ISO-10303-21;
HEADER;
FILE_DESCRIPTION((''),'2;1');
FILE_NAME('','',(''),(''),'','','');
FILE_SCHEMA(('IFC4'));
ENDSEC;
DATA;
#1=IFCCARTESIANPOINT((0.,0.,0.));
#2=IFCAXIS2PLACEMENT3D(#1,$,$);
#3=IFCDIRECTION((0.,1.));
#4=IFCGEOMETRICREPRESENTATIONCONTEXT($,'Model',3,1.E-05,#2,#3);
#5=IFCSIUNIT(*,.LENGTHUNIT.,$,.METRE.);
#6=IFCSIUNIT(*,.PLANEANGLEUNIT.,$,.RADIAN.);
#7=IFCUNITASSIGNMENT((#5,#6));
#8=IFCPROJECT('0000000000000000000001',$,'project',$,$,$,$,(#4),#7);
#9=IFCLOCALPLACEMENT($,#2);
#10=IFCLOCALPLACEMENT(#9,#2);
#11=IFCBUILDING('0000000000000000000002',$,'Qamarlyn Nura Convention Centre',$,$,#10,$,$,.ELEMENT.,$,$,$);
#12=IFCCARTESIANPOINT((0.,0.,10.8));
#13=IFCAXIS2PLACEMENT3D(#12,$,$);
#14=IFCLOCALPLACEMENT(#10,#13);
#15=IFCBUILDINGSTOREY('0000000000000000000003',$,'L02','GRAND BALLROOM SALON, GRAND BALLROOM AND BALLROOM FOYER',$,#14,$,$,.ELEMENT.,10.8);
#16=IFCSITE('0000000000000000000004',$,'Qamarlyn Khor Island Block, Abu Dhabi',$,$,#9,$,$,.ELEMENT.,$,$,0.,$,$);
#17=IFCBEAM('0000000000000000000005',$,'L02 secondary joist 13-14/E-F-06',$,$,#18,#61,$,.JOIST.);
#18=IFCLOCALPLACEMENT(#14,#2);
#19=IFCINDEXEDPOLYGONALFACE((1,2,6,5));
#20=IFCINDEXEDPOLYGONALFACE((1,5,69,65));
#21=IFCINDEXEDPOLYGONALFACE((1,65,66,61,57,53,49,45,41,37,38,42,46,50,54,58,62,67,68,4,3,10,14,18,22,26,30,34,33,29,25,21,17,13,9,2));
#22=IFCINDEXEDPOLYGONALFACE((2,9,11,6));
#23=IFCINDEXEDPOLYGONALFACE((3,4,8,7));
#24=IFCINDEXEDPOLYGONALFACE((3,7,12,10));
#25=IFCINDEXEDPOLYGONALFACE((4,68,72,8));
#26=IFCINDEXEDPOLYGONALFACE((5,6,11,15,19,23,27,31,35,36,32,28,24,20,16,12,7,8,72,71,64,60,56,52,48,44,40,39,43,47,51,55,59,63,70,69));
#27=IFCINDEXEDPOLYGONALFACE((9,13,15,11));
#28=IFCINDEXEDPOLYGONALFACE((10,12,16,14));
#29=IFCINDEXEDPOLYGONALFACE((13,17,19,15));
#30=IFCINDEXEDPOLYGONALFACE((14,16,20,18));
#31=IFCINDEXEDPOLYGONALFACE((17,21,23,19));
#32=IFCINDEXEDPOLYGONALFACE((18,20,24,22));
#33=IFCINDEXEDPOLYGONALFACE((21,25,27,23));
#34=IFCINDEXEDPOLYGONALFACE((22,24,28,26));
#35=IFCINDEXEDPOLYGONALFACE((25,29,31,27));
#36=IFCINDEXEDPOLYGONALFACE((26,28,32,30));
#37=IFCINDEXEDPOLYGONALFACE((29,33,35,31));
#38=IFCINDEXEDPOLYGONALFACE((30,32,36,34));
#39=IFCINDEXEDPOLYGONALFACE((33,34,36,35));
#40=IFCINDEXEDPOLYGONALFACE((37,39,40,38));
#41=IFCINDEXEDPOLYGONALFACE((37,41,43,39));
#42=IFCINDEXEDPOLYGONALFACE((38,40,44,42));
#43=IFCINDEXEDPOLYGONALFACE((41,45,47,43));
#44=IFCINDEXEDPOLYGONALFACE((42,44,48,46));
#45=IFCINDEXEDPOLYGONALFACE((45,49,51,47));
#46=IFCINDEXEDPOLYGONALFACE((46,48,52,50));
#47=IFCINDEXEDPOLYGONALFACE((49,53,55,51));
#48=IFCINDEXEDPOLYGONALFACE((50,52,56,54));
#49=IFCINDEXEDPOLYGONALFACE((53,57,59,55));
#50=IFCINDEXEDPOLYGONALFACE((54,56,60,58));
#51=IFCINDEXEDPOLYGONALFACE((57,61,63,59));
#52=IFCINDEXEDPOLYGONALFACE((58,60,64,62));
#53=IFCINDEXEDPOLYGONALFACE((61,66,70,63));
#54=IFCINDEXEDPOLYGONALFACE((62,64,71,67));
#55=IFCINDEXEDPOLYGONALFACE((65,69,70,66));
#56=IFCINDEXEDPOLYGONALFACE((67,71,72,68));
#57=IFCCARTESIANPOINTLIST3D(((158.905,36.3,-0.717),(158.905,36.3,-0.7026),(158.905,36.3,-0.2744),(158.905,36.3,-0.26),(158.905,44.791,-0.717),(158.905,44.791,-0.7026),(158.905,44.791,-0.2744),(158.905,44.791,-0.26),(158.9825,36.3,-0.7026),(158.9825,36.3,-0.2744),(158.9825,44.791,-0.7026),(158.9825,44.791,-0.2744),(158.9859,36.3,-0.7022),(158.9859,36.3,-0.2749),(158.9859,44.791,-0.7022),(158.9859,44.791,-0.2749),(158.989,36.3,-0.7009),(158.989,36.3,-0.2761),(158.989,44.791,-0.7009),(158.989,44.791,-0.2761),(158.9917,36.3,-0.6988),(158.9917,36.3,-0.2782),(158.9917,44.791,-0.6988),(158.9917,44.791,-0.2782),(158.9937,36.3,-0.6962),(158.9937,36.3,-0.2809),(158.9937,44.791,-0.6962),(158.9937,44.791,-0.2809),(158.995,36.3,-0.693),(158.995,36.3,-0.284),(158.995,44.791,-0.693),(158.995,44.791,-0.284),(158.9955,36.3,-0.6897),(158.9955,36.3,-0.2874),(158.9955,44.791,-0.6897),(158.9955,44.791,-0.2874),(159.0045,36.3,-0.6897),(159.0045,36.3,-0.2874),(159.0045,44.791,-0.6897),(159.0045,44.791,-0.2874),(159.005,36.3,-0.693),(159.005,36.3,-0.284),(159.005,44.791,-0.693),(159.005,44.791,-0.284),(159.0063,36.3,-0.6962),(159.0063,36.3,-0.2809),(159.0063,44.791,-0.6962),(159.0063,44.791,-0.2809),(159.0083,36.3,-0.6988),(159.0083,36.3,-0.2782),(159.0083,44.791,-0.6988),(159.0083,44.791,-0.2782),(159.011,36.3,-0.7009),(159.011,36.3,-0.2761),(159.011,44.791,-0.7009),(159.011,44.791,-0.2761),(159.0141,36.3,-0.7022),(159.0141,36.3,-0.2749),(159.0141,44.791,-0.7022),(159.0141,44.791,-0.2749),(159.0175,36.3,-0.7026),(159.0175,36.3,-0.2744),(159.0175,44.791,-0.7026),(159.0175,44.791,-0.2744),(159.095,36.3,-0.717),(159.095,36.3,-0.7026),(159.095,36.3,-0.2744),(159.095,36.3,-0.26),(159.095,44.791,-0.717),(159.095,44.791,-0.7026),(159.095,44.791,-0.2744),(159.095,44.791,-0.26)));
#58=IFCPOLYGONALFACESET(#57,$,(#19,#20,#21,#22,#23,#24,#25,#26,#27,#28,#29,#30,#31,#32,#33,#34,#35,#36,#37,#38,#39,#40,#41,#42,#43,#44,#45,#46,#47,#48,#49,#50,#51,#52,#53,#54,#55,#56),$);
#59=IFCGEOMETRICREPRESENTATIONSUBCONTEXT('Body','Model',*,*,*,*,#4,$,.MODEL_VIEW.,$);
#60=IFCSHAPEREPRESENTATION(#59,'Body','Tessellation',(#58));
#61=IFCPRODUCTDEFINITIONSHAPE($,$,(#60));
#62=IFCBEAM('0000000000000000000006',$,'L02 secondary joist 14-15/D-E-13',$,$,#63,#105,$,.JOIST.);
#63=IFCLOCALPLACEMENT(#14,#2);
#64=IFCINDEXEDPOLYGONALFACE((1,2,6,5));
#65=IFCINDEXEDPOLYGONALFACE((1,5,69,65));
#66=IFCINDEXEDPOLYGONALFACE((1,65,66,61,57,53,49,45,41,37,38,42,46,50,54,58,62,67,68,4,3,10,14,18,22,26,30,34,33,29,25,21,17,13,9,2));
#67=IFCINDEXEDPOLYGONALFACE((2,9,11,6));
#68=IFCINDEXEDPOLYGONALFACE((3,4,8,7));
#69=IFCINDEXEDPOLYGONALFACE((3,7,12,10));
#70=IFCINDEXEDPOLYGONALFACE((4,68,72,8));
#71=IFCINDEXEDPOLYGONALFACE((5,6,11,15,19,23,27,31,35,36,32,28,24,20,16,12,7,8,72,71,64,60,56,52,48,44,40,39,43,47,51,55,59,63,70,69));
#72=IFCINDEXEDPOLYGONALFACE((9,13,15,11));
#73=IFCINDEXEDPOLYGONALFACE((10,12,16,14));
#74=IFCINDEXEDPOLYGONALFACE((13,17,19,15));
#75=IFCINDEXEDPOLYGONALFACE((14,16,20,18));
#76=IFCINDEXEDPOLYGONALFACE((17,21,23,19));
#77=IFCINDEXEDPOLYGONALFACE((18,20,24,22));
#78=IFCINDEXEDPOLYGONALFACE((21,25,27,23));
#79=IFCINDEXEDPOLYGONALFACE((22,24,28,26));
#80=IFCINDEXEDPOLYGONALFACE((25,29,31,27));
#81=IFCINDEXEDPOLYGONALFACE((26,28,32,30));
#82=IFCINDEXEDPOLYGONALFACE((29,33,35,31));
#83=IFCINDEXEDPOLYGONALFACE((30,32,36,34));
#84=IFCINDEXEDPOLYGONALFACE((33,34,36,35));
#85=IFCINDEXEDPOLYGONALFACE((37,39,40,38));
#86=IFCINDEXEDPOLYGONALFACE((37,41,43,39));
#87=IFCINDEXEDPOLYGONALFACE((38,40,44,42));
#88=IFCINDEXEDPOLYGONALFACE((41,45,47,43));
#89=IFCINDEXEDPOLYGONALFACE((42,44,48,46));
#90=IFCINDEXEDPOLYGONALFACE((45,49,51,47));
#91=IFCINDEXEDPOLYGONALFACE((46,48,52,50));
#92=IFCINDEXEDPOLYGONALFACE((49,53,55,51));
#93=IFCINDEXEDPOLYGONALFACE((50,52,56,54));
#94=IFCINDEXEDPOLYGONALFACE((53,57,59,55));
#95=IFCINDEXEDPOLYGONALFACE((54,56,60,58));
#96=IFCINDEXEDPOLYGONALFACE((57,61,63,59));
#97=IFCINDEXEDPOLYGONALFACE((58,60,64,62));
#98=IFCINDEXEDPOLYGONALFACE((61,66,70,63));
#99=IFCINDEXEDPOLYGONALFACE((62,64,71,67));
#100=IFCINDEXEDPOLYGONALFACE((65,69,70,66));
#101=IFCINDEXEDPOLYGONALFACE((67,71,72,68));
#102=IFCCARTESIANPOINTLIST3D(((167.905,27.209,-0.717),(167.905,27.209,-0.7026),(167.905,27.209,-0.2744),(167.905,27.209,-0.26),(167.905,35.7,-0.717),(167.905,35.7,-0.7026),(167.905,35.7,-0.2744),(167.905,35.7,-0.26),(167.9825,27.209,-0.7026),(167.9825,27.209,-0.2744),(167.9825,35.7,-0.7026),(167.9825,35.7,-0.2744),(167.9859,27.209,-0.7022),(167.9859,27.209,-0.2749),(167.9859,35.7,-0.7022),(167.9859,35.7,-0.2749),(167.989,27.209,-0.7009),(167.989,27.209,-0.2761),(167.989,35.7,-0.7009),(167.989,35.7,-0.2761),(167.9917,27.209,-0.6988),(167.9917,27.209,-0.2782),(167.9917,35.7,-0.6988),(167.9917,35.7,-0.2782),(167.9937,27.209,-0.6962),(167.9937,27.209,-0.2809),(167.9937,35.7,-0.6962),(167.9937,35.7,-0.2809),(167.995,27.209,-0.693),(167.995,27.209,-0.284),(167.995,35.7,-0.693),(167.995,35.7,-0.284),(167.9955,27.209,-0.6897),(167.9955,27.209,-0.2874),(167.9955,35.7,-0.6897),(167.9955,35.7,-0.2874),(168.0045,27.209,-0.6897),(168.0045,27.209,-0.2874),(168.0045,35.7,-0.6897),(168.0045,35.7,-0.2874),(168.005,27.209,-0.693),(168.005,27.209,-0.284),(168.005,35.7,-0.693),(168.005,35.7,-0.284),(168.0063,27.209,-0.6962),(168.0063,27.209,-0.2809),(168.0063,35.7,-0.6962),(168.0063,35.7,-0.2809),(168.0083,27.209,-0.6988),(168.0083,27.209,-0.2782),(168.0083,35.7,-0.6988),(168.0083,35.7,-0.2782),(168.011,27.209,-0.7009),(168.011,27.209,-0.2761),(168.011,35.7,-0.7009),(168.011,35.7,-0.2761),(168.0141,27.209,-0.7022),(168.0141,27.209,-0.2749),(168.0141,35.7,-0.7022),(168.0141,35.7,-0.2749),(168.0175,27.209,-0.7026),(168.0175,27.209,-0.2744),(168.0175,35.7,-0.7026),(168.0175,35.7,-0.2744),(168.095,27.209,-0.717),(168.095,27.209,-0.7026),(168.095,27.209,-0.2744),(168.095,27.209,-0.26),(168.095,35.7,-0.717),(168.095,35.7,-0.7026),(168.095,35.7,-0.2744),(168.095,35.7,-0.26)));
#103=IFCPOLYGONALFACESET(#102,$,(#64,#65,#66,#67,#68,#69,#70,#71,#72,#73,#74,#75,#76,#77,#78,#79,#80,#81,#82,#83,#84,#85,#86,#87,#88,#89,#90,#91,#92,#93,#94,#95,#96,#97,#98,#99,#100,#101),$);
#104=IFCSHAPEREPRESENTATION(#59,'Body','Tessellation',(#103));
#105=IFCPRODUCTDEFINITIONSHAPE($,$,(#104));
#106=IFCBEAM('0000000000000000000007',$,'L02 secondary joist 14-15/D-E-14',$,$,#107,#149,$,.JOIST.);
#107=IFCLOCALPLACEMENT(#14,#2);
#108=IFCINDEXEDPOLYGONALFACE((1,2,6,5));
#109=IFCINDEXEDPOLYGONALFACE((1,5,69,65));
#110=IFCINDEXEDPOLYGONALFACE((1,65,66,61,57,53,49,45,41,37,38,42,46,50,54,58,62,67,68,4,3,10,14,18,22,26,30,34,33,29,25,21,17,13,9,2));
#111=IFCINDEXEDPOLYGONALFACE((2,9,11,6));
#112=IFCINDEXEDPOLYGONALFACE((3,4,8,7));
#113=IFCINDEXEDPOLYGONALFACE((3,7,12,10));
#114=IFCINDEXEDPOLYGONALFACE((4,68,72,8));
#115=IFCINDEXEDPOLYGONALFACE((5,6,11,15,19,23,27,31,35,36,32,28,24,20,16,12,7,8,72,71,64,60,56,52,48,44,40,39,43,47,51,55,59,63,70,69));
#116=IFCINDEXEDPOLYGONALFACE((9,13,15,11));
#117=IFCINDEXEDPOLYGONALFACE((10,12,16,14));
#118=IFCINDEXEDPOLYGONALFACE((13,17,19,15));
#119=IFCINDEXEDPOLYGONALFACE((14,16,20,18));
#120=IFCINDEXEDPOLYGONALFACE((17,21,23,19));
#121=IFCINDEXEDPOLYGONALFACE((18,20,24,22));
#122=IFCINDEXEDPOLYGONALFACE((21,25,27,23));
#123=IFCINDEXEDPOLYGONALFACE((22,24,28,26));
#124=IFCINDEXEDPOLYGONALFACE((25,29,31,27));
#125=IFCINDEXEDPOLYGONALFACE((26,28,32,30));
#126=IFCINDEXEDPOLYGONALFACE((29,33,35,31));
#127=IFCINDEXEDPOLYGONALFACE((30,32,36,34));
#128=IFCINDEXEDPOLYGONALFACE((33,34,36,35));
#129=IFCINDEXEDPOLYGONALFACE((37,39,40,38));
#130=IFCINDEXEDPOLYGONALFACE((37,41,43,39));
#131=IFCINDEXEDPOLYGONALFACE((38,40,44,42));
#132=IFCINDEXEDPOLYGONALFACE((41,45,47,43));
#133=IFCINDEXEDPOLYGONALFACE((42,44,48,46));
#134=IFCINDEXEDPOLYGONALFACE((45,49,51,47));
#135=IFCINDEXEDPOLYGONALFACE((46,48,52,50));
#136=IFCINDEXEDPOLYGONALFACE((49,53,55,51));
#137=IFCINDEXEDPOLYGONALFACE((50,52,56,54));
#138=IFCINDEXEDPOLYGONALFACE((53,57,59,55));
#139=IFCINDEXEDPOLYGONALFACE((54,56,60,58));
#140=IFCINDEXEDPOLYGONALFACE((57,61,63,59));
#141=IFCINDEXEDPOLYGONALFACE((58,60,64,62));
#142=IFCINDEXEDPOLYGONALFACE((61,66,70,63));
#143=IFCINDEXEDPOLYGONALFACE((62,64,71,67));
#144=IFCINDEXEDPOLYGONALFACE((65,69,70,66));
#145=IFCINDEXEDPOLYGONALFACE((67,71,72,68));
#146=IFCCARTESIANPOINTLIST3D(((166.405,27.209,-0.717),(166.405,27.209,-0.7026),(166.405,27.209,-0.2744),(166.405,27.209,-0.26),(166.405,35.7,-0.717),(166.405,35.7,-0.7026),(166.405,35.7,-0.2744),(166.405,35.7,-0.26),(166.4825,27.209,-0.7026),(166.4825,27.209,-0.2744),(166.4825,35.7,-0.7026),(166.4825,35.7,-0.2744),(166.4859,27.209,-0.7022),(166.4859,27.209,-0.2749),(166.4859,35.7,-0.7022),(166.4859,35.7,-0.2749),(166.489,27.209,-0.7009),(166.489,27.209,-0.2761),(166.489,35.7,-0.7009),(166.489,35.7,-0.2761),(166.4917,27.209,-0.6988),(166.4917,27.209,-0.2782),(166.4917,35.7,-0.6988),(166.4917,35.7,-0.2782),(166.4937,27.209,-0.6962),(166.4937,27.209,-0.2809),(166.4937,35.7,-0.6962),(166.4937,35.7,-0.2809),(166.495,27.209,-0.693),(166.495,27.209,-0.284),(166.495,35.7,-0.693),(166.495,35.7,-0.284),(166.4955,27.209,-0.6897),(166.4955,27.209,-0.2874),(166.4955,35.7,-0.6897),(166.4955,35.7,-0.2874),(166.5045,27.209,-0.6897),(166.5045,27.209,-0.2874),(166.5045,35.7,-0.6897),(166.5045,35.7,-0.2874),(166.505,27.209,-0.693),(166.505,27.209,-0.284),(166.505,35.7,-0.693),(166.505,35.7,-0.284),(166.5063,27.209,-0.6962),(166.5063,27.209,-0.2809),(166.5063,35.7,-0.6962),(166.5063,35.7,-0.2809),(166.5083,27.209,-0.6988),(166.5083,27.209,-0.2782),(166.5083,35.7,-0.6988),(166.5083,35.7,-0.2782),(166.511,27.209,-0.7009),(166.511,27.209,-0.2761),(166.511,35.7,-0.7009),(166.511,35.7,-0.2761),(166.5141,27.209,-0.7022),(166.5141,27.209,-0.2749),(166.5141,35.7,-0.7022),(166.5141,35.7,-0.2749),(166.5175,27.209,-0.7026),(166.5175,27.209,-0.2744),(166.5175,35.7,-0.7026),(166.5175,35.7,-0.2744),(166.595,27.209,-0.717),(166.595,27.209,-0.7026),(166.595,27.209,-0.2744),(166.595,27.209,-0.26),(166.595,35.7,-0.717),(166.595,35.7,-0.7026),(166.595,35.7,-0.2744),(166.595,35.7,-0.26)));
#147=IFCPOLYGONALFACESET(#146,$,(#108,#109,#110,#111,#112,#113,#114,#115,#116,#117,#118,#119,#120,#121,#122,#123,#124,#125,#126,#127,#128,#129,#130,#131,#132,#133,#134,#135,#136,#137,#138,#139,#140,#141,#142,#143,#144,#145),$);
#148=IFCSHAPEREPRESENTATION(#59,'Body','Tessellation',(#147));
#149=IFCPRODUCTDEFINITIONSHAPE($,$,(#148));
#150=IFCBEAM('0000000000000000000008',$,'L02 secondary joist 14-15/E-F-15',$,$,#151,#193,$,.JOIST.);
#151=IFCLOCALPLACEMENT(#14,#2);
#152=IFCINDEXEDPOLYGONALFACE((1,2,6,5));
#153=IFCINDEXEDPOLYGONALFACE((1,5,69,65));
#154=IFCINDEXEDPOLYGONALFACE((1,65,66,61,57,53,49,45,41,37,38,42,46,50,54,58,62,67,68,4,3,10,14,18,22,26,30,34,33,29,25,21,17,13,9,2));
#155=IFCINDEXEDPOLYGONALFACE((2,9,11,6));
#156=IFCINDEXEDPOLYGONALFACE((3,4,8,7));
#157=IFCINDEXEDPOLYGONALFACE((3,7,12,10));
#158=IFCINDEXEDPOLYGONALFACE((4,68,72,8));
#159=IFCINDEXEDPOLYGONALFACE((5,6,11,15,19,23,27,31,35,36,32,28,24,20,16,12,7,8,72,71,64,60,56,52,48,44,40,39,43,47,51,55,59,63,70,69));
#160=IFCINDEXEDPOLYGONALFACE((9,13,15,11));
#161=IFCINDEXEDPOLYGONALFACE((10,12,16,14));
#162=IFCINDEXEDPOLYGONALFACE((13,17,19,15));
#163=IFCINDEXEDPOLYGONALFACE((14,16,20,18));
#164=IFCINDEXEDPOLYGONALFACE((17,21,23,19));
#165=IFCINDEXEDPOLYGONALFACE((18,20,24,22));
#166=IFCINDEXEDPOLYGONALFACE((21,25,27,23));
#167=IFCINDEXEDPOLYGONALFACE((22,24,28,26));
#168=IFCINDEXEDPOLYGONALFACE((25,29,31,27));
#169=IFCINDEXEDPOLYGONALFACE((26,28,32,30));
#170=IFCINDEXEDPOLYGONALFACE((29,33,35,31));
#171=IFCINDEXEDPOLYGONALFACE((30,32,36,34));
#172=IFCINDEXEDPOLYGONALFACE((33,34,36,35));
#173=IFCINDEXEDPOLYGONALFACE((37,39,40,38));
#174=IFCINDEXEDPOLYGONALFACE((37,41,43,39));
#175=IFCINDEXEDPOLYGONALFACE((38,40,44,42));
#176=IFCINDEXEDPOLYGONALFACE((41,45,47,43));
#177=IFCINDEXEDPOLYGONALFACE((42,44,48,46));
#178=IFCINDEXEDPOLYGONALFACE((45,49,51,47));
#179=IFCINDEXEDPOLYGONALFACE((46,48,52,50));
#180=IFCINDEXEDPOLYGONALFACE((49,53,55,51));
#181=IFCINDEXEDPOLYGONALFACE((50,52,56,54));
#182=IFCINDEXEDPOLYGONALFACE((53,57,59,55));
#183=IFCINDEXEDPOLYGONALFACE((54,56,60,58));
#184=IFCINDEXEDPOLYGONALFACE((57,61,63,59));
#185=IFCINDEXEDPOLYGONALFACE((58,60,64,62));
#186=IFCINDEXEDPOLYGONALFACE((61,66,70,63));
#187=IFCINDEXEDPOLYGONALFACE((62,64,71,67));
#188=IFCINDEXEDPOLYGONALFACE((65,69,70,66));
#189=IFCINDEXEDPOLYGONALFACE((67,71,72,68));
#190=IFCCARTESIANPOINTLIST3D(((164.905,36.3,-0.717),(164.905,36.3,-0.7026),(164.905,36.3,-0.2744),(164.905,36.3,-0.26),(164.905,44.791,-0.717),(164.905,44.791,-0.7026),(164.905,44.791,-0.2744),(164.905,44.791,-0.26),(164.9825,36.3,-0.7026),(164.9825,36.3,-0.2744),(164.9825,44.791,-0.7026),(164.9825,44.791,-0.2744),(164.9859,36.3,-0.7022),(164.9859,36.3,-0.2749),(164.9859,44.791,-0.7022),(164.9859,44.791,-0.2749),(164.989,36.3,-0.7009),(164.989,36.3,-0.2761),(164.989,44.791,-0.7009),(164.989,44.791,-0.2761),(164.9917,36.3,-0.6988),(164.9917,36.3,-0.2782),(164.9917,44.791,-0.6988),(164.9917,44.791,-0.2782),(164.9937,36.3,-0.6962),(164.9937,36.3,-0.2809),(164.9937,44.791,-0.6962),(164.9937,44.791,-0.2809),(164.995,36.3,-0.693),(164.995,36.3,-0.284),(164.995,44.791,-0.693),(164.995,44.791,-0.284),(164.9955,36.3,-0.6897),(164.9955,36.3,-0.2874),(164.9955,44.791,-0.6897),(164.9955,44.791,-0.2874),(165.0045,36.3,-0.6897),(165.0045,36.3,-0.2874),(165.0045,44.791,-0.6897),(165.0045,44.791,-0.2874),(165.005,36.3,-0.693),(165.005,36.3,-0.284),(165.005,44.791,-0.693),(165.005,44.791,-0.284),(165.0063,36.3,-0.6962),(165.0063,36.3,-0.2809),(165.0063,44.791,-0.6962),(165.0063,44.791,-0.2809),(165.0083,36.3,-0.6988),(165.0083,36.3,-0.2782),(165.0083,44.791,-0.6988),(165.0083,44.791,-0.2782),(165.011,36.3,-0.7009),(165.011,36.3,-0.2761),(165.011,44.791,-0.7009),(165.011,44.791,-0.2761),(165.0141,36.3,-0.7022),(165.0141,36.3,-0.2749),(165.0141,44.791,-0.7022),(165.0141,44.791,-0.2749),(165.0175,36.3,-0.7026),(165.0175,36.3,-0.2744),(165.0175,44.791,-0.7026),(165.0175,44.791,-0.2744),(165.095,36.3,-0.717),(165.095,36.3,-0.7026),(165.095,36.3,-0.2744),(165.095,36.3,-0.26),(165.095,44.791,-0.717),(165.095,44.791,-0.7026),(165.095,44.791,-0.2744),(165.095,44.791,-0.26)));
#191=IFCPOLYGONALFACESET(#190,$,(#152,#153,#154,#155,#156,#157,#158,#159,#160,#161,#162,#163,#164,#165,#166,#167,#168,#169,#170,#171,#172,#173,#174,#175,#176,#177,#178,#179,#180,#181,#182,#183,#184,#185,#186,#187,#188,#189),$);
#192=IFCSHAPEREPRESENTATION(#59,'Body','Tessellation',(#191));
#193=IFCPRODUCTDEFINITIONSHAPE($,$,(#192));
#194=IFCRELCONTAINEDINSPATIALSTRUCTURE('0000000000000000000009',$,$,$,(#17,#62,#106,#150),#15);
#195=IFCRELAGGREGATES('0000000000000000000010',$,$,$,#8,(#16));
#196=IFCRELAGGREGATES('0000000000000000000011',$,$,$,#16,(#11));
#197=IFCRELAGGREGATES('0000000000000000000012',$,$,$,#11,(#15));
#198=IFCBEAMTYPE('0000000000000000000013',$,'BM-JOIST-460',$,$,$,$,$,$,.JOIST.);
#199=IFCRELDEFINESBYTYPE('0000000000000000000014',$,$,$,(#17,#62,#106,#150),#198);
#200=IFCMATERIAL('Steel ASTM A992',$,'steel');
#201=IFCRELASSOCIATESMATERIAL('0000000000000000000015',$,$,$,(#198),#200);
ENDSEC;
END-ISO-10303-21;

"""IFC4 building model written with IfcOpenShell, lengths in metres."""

from ifc_helpers import new_model, si_unit, direction, frame, origin, origin_2d, place, context, subcontext, project, spatial, i_section, extrude, material, material_profile, profile_set, type_object, element, save


model = new_model("IFC4")

# Units and contexts
model_context = context("Model", 3, precision=1e-05, world=origin(), true_north=direction((0.0, 1.0)))
body_context = subcontext(model_context, "Body", "Model", "MODEL_VIEW")
ifc_project = project(units=[si_unit("LENGTHUNIT", "METRE"), si_unit("PLANEANGLEUNIT", "RADIAN")], contexts=[model_context])

# Site, building, storey
site_placement = place(None, origin())
site = spatial("IfcSite", under=ifc_project, at=site_placement, Name="Qamarlyn Khor Island Block, Abu Dhabi", CompositionType="ELEMENT", RefElevation=0.0)
building_placement = place(site_placement, origin())
building = spatial("IfcBuilding", under=site, at=building_placement, Name="Qamarlyn Nura Convention Centre", CompositionType="ELEMENT")
storey_placement = place(building_placement, frame((0.0, 0.0, 10.8)))
storey = spatial("IfcBuildingStorey", under=building, at=storey_placement, Name="L02", Description="GRAND BALLROOM SALON, GRAND BALLROOM AND BALLROOM FOYER", CompositionType="ELEMENT", Elevation=10.8)

# Beams
ifc_material_1 = material(Name="Steel ASTM A992", Category="steel")
ifc_material_profile_1 = material_profile(ifc_material_1, i_section(OverallWidth=0.1899, OverallDepth=0.457, WebThickness=0.009, FlangeThickness=0.0144, FilletRadius=0.0129, at=origin_2d()), Name="W460X74")
ifc_profile_set_1 = profile_set([ifc_material_profile_1], Name="Steel ASTM A992")
beam_type = type_object("IfcBeamType", Name="BM-JOIST-460", PredefinedType="JOIST", material=ifc_profile_set_1)
for number, where, z_axis, x_axis, name in (
    (1, (159.0, 36.3, -0.4885), (0.0, 1.0, 0.0), (-1.0, 0.0, 0.0), "L02 secondary joist 13-14/E-F-06"),
    (2, (168.0, 27.209, -0.4885), (0.0, 1.0, 0.0), (-1.0, 0.0, 0.0), "L02 secondary joist 14-15/D-E-13"),
    (3, (166.5, 27.209, -0.4885), (0.0, 1.0, 0.0), (-1.0, 0.0, 0.0), "L02 secondary joist 14-15/D-E-14"),
    (4, (165.0, 36.3, -0.4885), (0.0, 1.0, 0.0), (-1.0, 0.0, 0.0), "L02 secondary joist 14-15/E-F-15"),
):
    element("IfcBeam", number, at=place(storey_placement, frame(where, z_axis=z_axis, x_axis=x_axis)), inside=storey, type_object=beam_type, Name=name, PredefinedType="JOIST", context=body_context, shape_type="SweptSolid", body=[
        extrude(i_section(OverallWidth=0.1899, OverallDepth=0.457, WebThickness=0.009, FlangeThickness=0.0144, FilletRadius=0.0129, at=origin_2d()), origin(), (0.0, 0.0, 1.0), 8.491),
    ])

save(model, "model.ifc")
